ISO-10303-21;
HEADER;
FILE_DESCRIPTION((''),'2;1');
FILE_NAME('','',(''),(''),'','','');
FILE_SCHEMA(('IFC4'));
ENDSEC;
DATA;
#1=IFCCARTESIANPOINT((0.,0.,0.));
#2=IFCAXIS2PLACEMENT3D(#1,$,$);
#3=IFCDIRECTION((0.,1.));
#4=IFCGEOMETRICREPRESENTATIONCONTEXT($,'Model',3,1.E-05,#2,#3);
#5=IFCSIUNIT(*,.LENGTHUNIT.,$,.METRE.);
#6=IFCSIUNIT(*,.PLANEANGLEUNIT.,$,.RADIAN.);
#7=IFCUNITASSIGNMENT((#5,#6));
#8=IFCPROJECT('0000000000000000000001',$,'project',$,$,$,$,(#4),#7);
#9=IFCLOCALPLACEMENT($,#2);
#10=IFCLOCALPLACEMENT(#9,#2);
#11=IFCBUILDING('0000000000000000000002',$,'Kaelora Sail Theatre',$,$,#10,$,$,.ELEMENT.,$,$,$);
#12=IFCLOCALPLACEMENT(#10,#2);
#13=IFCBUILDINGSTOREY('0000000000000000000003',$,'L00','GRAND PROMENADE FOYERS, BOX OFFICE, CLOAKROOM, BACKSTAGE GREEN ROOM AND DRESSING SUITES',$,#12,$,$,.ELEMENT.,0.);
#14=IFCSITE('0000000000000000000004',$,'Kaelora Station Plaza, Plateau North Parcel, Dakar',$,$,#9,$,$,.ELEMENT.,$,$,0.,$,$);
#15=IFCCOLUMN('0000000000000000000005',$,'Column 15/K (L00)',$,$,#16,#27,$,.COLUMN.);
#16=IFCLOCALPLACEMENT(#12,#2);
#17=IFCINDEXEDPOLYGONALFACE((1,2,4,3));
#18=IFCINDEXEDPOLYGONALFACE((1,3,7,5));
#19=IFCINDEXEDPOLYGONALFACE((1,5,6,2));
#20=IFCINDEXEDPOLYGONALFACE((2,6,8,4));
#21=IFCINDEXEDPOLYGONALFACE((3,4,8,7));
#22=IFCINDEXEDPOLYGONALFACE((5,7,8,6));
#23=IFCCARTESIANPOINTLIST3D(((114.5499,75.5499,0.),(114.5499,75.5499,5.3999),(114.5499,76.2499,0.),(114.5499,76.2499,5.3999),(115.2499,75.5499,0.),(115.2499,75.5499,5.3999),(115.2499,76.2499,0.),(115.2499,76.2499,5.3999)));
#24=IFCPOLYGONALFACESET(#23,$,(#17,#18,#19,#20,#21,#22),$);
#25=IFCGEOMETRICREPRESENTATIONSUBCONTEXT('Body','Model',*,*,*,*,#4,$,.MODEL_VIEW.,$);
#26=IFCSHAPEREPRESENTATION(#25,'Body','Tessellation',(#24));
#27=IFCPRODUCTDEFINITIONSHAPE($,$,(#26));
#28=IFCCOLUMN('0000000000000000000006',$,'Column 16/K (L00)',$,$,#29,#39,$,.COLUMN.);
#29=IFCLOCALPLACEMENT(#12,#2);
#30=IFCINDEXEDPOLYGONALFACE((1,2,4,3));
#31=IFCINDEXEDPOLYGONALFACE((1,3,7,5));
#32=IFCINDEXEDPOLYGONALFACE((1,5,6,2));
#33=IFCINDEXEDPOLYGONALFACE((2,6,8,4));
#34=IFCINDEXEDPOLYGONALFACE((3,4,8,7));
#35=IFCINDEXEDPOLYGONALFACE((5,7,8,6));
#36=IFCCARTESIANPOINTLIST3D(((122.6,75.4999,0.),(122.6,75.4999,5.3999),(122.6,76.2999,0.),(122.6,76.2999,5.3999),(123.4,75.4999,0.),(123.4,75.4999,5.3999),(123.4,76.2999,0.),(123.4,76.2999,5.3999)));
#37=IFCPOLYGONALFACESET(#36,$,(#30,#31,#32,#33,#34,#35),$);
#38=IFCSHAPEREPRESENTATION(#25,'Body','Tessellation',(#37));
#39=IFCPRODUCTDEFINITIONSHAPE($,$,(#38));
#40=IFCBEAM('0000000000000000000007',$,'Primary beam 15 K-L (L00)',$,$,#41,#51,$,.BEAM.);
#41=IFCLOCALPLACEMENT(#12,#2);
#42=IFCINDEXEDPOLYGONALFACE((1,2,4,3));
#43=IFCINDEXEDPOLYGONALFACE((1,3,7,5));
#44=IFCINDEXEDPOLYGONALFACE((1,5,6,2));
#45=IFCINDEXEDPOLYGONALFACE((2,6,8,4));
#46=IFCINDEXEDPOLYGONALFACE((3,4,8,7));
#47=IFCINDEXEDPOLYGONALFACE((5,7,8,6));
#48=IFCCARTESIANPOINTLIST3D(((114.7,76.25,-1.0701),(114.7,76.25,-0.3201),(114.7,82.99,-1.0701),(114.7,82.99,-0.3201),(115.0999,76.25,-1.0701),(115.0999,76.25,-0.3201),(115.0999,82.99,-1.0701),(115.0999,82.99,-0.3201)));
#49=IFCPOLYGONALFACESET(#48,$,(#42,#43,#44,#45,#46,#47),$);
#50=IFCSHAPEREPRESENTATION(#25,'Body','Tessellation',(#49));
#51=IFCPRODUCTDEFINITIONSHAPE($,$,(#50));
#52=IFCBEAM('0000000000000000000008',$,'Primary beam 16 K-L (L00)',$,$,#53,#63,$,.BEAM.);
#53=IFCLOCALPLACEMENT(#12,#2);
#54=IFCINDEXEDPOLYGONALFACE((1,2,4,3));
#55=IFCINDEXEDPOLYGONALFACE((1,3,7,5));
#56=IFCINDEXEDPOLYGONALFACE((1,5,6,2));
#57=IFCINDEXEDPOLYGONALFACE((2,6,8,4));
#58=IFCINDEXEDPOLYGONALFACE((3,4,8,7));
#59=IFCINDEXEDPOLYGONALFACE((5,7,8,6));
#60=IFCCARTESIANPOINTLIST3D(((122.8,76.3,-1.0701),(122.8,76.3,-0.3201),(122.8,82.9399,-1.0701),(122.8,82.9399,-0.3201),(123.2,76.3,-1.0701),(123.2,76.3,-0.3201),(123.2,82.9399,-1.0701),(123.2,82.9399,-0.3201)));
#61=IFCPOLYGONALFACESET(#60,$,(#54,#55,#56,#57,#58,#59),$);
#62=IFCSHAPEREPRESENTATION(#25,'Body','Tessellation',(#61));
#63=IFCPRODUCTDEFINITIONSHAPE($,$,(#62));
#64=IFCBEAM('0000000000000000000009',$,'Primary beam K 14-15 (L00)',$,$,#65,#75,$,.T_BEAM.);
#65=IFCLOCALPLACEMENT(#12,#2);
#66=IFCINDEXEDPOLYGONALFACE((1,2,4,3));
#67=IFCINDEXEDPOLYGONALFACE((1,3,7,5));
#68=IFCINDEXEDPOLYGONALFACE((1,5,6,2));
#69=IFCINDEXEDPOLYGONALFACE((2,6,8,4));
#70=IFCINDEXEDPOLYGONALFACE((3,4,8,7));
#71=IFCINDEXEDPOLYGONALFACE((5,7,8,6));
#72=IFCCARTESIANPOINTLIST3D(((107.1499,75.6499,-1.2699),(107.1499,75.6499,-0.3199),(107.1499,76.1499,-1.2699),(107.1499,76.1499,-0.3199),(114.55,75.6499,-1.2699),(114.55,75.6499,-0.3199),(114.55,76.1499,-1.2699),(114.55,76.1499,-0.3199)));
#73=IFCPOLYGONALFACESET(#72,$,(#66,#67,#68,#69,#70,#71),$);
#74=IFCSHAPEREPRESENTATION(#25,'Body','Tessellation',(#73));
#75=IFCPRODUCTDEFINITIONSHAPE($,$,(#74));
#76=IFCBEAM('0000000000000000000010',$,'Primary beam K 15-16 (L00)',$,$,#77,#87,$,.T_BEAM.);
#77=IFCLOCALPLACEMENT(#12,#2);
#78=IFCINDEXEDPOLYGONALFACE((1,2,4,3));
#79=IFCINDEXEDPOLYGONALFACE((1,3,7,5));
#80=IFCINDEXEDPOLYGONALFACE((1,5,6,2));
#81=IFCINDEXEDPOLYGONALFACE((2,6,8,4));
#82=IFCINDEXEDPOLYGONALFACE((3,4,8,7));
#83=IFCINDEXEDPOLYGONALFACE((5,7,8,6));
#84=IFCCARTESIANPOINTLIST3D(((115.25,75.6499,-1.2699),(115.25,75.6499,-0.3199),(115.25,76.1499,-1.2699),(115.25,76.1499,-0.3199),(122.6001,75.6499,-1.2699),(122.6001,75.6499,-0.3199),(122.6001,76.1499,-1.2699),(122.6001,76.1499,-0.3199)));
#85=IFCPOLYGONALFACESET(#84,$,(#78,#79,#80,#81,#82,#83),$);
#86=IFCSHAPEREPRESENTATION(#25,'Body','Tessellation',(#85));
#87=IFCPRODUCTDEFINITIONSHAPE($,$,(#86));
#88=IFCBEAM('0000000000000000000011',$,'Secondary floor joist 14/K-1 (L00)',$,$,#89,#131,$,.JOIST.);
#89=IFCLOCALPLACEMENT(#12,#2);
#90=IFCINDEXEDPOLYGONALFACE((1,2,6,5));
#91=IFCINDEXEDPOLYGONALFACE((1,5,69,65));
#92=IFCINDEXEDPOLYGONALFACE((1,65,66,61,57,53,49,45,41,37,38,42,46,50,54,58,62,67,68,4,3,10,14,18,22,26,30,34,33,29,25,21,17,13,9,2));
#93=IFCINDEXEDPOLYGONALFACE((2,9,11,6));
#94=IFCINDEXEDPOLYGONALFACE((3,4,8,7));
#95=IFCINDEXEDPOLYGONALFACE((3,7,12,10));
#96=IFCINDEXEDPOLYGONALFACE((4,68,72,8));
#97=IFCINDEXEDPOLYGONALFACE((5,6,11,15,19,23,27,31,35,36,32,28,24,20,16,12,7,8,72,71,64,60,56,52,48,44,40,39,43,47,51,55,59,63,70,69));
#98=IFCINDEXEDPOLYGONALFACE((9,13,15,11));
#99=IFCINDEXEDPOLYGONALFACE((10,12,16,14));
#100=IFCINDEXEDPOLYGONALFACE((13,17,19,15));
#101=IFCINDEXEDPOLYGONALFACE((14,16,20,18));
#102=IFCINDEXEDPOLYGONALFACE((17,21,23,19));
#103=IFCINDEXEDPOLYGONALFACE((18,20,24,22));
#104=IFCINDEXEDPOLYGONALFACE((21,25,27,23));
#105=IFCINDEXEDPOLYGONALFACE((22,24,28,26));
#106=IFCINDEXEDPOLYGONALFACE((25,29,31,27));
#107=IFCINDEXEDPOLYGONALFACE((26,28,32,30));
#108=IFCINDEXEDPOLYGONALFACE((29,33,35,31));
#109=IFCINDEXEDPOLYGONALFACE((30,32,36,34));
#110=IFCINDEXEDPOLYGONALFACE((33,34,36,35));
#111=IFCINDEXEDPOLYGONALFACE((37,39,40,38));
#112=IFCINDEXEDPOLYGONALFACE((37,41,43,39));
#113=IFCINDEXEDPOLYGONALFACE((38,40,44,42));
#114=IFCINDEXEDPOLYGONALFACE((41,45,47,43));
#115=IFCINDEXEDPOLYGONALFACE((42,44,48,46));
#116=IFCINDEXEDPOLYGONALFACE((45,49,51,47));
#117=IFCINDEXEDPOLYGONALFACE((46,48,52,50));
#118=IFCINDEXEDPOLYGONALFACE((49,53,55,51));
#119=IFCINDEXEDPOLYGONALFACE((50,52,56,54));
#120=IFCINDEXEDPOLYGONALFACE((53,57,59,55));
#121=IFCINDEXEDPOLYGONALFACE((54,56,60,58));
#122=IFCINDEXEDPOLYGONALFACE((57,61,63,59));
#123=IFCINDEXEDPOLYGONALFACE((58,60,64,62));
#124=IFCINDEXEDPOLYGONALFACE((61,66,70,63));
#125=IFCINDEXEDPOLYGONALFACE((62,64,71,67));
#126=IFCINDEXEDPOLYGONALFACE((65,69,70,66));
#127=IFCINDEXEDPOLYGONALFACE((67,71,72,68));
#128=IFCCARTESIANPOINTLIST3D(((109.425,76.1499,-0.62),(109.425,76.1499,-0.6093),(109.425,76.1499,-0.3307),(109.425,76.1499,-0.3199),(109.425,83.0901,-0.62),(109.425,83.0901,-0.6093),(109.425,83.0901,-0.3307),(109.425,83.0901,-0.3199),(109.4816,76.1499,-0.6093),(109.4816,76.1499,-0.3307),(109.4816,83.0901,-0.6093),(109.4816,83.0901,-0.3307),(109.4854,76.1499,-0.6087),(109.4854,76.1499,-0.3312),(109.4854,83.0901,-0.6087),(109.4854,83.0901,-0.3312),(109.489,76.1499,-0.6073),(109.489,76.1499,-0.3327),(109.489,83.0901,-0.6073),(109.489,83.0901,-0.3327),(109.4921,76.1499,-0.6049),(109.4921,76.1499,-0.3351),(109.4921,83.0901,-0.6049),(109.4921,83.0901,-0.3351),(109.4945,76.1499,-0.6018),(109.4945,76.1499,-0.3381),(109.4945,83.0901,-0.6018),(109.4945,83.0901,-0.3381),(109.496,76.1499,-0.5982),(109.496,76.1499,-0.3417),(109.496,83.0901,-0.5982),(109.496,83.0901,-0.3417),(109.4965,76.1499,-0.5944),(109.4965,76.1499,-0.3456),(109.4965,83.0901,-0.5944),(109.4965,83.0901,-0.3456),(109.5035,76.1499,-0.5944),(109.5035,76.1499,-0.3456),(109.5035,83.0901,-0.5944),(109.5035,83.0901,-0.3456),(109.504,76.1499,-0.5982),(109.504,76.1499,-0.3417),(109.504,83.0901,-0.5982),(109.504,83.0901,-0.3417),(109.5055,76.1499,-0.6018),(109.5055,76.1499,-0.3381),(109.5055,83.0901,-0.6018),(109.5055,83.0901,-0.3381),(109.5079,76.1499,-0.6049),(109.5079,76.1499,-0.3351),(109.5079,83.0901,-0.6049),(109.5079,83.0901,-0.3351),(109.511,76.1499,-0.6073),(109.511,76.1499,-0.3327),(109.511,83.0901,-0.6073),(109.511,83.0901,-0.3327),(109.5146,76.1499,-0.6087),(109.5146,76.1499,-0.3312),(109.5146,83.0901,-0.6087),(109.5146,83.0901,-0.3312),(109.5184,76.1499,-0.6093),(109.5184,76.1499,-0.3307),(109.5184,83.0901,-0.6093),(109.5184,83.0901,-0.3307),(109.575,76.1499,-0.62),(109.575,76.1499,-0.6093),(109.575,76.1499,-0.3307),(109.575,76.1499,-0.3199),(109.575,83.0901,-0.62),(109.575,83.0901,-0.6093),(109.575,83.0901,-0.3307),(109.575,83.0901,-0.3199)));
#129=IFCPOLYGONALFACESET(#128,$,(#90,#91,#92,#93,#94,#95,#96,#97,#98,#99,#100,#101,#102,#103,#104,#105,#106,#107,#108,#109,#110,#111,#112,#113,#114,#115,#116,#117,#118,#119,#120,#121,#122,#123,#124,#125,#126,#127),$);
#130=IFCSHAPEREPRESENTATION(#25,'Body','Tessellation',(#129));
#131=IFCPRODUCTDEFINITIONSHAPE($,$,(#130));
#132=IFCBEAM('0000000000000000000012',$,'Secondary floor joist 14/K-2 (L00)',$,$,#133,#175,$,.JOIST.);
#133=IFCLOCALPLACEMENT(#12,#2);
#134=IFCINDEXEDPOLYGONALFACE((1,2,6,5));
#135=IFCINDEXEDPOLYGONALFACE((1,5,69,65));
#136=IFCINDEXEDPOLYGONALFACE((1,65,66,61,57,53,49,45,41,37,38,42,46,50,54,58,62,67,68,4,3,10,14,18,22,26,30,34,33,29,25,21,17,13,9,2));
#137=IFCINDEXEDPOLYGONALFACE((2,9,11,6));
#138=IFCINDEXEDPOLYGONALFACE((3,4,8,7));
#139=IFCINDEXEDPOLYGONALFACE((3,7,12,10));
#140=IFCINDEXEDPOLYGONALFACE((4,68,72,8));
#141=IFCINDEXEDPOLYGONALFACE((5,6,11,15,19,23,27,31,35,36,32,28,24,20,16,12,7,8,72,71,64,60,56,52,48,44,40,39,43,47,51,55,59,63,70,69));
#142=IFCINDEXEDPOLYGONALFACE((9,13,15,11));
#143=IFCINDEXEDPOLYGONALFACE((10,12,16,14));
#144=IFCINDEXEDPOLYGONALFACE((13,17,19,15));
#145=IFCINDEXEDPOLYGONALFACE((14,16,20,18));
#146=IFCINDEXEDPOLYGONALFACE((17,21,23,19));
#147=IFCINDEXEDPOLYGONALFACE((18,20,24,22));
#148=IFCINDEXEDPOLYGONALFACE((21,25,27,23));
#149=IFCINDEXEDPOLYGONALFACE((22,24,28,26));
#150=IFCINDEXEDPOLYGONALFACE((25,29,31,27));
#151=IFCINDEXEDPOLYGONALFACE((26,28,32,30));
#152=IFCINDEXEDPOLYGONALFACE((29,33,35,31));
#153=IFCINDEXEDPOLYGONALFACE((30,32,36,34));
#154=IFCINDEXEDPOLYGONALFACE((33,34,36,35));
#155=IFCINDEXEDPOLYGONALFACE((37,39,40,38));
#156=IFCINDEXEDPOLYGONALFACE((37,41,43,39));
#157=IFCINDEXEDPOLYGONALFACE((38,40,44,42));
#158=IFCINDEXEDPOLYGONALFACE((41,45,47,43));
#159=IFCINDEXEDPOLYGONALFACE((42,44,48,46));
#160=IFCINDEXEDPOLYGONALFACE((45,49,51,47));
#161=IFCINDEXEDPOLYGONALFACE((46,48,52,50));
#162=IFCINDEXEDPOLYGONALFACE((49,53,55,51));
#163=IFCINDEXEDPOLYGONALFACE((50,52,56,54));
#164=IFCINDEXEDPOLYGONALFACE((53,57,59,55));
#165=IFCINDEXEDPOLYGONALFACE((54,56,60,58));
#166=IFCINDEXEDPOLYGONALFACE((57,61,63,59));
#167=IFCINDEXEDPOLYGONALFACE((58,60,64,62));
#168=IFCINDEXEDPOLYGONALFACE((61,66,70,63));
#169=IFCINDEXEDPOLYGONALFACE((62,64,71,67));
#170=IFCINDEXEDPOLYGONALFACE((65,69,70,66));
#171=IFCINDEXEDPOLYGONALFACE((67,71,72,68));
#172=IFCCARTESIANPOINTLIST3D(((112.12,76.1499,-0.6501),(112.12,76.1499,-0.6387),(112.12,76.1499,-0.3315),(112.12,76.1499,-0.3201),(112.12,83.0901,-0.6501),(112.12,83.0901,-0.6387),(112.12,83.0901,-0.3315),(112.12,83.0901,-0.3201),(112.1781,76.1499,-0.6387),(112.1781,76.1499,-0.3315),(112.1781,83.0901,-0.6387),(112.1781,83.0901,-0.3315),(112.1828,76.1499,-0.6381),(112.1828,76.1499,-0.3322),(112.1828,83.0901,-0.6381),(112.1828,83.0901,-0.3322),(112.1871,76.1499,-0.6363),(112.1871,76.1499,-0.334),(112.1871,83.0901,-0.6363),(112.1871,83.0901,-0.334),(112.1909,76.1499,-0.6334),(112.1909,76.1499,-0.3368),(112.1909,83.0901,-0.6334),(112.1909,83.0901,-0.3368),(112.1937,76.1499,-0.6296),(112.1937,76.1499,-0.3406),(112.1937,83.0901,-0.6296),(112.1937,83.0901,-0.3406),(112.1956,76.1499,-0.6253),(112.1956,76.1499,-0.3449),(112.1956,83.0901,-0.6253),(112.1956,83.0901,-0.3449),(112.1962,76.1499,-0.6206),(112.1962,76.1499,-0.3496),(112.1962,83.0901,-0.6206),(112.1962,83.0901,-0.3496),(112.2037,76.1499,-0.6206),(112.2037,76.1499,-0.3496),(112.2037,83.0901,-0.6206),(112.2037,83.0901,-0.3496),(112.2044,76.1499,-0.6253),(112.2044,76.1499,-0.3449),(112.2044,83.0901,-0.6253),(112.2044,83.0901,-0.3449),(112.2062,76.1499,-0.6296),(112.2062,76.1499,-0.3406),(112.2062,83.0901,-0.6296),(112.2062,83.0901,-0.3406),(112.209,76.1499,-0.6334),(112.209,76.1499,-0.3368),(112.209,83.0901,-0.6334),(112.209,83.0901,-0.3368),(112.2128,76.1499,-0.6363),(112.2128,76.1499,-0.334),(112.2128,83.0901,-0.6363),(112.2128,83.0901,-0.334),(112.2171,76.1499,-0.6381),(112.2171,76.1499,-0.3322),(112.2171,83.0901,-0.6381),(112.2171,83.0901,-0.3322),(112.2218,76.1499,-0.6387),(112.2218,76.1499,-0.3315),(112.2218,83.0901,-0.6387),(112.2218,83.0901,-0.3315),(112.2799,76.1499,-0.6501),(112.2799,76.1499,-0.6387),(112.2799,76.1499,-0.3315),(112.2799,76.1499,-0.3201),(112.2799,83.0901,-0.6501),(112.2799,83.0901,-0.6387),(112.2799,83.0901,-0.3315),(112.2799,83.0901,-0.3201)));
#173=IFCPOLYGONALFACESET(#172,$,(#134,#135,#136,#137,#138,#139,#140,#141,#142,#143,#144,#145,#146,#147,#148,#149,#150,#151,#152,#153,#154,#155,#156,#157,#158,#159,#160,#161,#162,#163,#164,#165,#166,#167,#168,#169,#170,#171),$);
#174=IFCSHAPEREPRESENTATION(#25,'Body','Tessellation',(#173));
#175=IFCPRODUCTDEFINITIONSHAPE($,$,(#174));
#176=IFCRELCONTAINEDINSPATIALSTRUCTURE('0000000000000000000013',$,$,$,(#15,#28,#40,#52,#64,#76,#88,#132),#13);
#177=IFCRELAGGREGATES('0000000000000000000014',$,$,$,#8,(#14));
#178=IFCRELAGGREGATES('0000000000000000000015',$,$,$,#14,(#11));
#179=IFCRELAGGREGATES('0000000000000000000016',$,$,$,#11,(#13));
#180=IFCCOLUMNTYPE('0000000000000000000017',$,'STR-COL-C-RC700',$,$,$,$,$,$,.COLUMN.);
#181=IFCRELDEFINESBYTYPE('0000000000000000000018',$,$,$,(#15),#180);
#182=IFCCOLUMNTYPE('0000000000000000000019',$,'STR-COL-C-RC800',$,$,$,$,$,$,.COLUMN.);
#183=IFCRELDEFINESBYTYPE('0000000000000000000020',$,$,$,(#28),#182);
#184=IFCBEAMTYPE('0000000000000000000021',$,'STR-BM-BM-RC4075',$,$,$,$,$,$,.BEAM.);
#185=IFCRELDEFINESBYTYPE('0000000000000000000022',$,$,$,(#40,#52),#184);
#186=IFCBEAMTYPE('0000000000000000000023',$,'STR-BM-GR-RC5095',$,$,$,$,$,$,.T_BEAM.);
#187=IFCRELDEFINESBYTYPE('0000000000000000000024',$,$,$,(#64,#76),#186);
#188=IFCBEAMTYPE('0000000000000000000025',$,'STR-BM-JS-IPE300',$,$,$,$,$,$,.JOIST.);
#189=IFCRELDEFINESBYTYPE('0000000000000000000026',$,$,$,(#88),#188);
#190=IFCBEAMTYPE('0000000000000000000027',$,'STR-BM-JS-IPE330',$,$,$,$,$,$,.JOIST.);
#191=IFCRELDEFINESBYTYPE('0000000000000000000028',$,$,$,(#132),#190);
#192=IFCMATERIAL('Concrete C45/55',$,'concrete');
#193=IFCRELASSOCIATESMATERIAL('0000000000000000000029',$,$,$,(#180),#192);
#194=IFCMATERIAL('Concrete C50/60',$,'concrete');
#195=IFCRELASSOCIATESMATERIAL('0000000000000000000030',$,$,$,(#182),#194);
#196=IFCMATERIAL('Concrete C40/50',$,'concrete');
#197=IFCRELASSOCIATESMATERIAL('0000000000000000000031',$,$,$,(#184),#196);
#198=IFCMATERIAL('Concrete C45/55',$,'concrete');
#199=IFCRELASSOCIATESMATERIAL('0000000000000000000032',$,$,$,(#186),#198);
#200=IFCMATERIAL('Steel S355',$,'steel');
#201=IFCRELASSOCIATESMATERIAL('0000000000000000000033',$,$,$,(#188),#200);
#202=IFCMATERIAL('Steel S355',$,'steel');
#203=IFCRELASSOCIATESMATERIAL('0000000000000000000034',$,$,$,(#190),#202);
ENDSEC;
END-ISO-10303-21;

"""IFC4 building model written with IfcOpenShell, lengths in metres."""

from ifc_helpers import new_model, si_unit, direction, frame, origin, origin_2d, place, context, subcontext, project, spatial, rectangle, i_section, extrude, material, material_profile, profile_set, type_object, element, save


model = new_model("IFC4")

# Units and contexts
model_context = context("Model", 3, precision=1e-05, world=origin(), true_north=direction((0.0, 1.0)))
body_context = subcontext(model_context, "Body", "Model", "MODEL_VIEW")
ifc_project = project(units=[si_unit("LENGTHUNIT", "METRE"), si_unit("PLANEANGLEUNIT", "RADIAN")], contexts=[model_context])

# Site, building, storey
site_placement = place(None, origin())
site = spatial("IfcSite", under=ifc_project, at=site_placement, Name="Kaelora Station Plaza, Plateau North Parcel, Dakar", CompositionType="ELEMENT", RefElevation=0.0)
building_placement = place(site_placement, origin())
building = spatial("IfcBuilding", under=site, at=building_placement, Name="Kaelora Sail Theatre", CompositionType="ELEMENT")
storey_placement = place(building_placement, origin())
storey = spatial("IfcBuildingStorey", under=building, at=storey_placement, Name="L00", Description="GRAND PROMENADE FOYERS, BOX OFFICE, CLOAKROOM, BACKSTAGE GREEN ROOM AND DRESSING SUITES", CompositionType="ELEMENT", Elevation=0.0)

# Columns
ifc_material_1 = material(Name="Concrete C45/55", Category="concrete")
ifc_material_profile_1 = material_profile(ifc_material_1, rectangle(XDim=0.7, YDim=0.7, at=origin_2d()), Name="RC-COL 700x700")
ifc_profile_set_1 = profile_set([ifc_material_profile_1], Name="Concrete C45/55")
column_type_1 = type_object("IfcColumnType", Name="STR-COL-C-RC700", PredefinedType="COLUMN", material=ifc_profile_set_1)
column_1_placement = place(storey_placement, frame((114.8999, 75.8999, 0.0), z_axis=(0.0, 0.0, 1.0), x_axis=(1.0, 0.0, 0.0)))
element("IfcColumn", 1, at=column_1_placement, inside=storey, type_object=column_type_1, Name="Column 15/K (L00)", PredefinedType="COLUMN", context=body_context, shape_type="SweptSolid", body=[
    extrude(rectangle(XDim=0.7, YDim=0.7, at=origin_2d()), origin(), (0.0, 0.0, 1.0), 5.3999),
])
ifc_material_2 = material(Name="Concrete C50/60", Category="concrete")
ifc_material_profile_2 = material_profile(ifc_material_2, rectangle(XDim=0.8, YDim=0.8, at=origin_2d()), Name="RC-COL 800x800")
ifc_profile_set_2 = profile_set([ifc_material_profile_2], Name="Concrete C50/60")
column_type_2 = type_object("IfcColumnType", Name="STR-COL-C-RC800", PredefinedType="COLUMN", material=ifc_profile_set_2)
column_2_placement = place(storey_placement, frame((123.0, 75.8999, 0.0), z_axis=(0.0, 0.0, 1.0), x_axis=(1.0, 0.0, 0.0)))
element("IfcColumn", 2, at=column_2_placement, inside=storey, type_object=column_type_2, Name="Column 16/K (L00)", PredefinedType="COLUMN", context=body_context, shape_type="SweptSolid", body=[
    extrude(rectangle(XDim=0.8, YDim=0.8, at=origin_2d()), origin(), (0.0, 0.0, 1.0), 5.3999),
])

# Beams
ifc_material_3 = material(Name="Concrete C40/50", Category="concrete")
ifc_material_profile_3 = material_profile(ifc_material_3, rectangle(XDim=0.3999, YDim=0.75, at=origin_2d()), Name="RC-BM 400x750")
ifc_profile_set_3 = profile_set([ifc_material_profile_3], Name="Concrete C40/50")
beam_type_1 = type_object("IfcBeamType", Name="STR-BM-BM-RC4075", PredefinedType="BEAM", material=ifc_profile_set_3)
beam_1_placement = place(storey_placement, frame((114.8999, 76.25, -0.6951), z_axis=(0.0, 1.0, 0.0), x_axis=(-1.0, 0.0, 0.0)))
element("IfcBeam", 3, at=beam_1_placement, inside=storey, type_object=beam_type_1, Name="Primary beam 15 K-L (L00)", PredefinedType="BEAM", context=body_context, shape_type="SweptSolid", body=[
    extrude(rectangle(XDim=0.3999, YDim=0.75, at=origin_2d()), origin(), (0.0, 0.0, 1.0), 6.74),
])
beam_2_placement = place(storey_placement, frame((123.0, 76.3, -0.6951), z_axis=(0.0, 1.0, 0.0), x_axis=(-1.0, 0.0, 0.0)))
element("IfcBeam", 4, at=beam_2_placement, inside=storey, type_object=beam_type_1, Name="Primary beam 16 K-L (L00)", PredefinedType="BEAM", context=body_context, shape_type="SweptSolid", body=[
    extrude(rectangle(XDim=0.3999, YDim=0.75, at=origin_2d()), origin(), (0.0, 0.0, 1.0), 6.6399),
])
ifc_material_4 = material(Name="Concrete C45/55", Category="concrete")
ifc_material_profile_4 = material_profile(ifc_material_4, rectangle(XDim=0.5, YDim=0.95, at=origin_2d()), Name="RC-GRD 500x950")
ifc_profile_set_4 = profile_set([ifc_material_profile_4], Name="Concrete C45/55")
beam_type_2 = type_object("IfcBeamType", Name="STR-BM-GR-RC5095", PredefinedType="T_BEAM", material=ifc_profile_set_4)
beam_3_placement = place(storey_placement, frame((107.1499, 75.8999, -0.7949), z_axis=(1.0, 0.0, 0.0), x_axis=(0.0, 1.0, 0.0)))
element("IfcBeam", 5, at=beam_3_placement, inside=storey, type_object=beam_type_2, Name="Primary beam K 14-15 (L00)", PredefinedType="T_BEAM", context=body_context, shape_type="SweptSolid", body=[
    extrude(rectangle(XDim=0.5, YDim=0.95, at=origin_2d()), origin(), (0.0, 0.0, 1.0), 7.4001),
])
beam_4_placement = place(storey_placement, frame((115.25, 75.8999, -0.7949), z_axis=(1.0, 0.0, 0.0), x_axis=(0.0, 1.0, 0.0)))
element("IfcBeam", 6, at=beam_4_placement, inside=storey, type_object=beam_type_2, Name="Primary beam K 15-16 (L00)", PredefinedType="T_BEAM", context=body_context, shape_type="SweptSolid", body=[
    extrude(rectangle(XDim=0.5, YDim=0.95, at=origin_2d()), origin(), (0.0, 0.0, 1.0), 7.3501),
])
ifc_material_5 = material(Name="Steel S355", Category="steel")
ifc_material_profile_5 = material_profile(ifc_material_5, i_section(OverallWidth=0.1499, OverallDepth=0.3, WebThickness=0.0071, FlangeThickness=0.0107, FilletRadius=0.0149, at=origin_2d()), Name="IPE 300")
ifc_profile_set_5 = profile_set([ifc_material_profile_5], Name="Steel S355")
beam_type_3 = type_object("IfcBeamType", Name="STR-BM-JS-IPE300", PredefinedType="JOIST", material=ifc_profile_set_5)
beam_5_placement = place(storey_placement, frame((109.5, 76.1499, -0.47), z_axis=(0.0, 1.0, 0.0), x_axis=(-1.0, 0.0, 0.0)))
element("IfcBeam", 7, at=beam_5_placement, inside=storey, type_object=beam_type_3, Name="Secondary floor joist 14/K-1 (L00)", PredefinedType="JOIST", context=body_context, shape_type="SweptSolid", body=[
    extrude(i_section(OverallWidth=0.1499, OverallDepth=0.3, WebThickness=0.0071, FlangeThickness=0.0107, FilletRadius=0.0149, at=origin_2d()), origin(), (0.0, 0.0, 1.0), 6.9402),
])
ifc_material_6 = material(Name="Steel S355", Category="steel")
ifc_material_profile_6 = material_profile(ifc_material_6, i_section(OverallWidth=0.1599, OverallDepth=0.3301, WebThickness=0.0076, FlangeThickness=0.0115, FilletRadius=0.0181, at=origin_2d()), Name="IPE 330")
ifc_profile_set_6 = profile_set([ifc_material_profile_6], Name="Steel S355")
beam_type_4 = type_object("IfcBeamType", Name="STR-BM-JS-IPE330", PredefinedType="JOIST", material=ifc_profile_set_6)
for number, where, z_axis, x_axis, name in (
    (8, (112.2, 76.1499, -0.4851), (0.0, 1.0, 0.0), (-1.0, 0.0, 0.0), "Secondary floor joist 14/K-2 (L00)"),
):
    element("IfcBeam", number, at=place(storey_placement, frame(where, z_axis=z_axis, x_axis=x_axis)), inside=storey, type_object=beam_type_4, Name=name, PredefinedType="JOIST", context=body_context, shape_type="SweptSolid", body=[
        extrude(i_section(OverallWidth=0.1599, OverallDepth=0.3301, WebThickness=0.0076, FlangeThickness=0.0115, FilletRadius=0.0181, at=origin_2d()), origin(), (0.0, 0.0, 1.0), 6.9402),
    ])

save(model, "model.ifc")
